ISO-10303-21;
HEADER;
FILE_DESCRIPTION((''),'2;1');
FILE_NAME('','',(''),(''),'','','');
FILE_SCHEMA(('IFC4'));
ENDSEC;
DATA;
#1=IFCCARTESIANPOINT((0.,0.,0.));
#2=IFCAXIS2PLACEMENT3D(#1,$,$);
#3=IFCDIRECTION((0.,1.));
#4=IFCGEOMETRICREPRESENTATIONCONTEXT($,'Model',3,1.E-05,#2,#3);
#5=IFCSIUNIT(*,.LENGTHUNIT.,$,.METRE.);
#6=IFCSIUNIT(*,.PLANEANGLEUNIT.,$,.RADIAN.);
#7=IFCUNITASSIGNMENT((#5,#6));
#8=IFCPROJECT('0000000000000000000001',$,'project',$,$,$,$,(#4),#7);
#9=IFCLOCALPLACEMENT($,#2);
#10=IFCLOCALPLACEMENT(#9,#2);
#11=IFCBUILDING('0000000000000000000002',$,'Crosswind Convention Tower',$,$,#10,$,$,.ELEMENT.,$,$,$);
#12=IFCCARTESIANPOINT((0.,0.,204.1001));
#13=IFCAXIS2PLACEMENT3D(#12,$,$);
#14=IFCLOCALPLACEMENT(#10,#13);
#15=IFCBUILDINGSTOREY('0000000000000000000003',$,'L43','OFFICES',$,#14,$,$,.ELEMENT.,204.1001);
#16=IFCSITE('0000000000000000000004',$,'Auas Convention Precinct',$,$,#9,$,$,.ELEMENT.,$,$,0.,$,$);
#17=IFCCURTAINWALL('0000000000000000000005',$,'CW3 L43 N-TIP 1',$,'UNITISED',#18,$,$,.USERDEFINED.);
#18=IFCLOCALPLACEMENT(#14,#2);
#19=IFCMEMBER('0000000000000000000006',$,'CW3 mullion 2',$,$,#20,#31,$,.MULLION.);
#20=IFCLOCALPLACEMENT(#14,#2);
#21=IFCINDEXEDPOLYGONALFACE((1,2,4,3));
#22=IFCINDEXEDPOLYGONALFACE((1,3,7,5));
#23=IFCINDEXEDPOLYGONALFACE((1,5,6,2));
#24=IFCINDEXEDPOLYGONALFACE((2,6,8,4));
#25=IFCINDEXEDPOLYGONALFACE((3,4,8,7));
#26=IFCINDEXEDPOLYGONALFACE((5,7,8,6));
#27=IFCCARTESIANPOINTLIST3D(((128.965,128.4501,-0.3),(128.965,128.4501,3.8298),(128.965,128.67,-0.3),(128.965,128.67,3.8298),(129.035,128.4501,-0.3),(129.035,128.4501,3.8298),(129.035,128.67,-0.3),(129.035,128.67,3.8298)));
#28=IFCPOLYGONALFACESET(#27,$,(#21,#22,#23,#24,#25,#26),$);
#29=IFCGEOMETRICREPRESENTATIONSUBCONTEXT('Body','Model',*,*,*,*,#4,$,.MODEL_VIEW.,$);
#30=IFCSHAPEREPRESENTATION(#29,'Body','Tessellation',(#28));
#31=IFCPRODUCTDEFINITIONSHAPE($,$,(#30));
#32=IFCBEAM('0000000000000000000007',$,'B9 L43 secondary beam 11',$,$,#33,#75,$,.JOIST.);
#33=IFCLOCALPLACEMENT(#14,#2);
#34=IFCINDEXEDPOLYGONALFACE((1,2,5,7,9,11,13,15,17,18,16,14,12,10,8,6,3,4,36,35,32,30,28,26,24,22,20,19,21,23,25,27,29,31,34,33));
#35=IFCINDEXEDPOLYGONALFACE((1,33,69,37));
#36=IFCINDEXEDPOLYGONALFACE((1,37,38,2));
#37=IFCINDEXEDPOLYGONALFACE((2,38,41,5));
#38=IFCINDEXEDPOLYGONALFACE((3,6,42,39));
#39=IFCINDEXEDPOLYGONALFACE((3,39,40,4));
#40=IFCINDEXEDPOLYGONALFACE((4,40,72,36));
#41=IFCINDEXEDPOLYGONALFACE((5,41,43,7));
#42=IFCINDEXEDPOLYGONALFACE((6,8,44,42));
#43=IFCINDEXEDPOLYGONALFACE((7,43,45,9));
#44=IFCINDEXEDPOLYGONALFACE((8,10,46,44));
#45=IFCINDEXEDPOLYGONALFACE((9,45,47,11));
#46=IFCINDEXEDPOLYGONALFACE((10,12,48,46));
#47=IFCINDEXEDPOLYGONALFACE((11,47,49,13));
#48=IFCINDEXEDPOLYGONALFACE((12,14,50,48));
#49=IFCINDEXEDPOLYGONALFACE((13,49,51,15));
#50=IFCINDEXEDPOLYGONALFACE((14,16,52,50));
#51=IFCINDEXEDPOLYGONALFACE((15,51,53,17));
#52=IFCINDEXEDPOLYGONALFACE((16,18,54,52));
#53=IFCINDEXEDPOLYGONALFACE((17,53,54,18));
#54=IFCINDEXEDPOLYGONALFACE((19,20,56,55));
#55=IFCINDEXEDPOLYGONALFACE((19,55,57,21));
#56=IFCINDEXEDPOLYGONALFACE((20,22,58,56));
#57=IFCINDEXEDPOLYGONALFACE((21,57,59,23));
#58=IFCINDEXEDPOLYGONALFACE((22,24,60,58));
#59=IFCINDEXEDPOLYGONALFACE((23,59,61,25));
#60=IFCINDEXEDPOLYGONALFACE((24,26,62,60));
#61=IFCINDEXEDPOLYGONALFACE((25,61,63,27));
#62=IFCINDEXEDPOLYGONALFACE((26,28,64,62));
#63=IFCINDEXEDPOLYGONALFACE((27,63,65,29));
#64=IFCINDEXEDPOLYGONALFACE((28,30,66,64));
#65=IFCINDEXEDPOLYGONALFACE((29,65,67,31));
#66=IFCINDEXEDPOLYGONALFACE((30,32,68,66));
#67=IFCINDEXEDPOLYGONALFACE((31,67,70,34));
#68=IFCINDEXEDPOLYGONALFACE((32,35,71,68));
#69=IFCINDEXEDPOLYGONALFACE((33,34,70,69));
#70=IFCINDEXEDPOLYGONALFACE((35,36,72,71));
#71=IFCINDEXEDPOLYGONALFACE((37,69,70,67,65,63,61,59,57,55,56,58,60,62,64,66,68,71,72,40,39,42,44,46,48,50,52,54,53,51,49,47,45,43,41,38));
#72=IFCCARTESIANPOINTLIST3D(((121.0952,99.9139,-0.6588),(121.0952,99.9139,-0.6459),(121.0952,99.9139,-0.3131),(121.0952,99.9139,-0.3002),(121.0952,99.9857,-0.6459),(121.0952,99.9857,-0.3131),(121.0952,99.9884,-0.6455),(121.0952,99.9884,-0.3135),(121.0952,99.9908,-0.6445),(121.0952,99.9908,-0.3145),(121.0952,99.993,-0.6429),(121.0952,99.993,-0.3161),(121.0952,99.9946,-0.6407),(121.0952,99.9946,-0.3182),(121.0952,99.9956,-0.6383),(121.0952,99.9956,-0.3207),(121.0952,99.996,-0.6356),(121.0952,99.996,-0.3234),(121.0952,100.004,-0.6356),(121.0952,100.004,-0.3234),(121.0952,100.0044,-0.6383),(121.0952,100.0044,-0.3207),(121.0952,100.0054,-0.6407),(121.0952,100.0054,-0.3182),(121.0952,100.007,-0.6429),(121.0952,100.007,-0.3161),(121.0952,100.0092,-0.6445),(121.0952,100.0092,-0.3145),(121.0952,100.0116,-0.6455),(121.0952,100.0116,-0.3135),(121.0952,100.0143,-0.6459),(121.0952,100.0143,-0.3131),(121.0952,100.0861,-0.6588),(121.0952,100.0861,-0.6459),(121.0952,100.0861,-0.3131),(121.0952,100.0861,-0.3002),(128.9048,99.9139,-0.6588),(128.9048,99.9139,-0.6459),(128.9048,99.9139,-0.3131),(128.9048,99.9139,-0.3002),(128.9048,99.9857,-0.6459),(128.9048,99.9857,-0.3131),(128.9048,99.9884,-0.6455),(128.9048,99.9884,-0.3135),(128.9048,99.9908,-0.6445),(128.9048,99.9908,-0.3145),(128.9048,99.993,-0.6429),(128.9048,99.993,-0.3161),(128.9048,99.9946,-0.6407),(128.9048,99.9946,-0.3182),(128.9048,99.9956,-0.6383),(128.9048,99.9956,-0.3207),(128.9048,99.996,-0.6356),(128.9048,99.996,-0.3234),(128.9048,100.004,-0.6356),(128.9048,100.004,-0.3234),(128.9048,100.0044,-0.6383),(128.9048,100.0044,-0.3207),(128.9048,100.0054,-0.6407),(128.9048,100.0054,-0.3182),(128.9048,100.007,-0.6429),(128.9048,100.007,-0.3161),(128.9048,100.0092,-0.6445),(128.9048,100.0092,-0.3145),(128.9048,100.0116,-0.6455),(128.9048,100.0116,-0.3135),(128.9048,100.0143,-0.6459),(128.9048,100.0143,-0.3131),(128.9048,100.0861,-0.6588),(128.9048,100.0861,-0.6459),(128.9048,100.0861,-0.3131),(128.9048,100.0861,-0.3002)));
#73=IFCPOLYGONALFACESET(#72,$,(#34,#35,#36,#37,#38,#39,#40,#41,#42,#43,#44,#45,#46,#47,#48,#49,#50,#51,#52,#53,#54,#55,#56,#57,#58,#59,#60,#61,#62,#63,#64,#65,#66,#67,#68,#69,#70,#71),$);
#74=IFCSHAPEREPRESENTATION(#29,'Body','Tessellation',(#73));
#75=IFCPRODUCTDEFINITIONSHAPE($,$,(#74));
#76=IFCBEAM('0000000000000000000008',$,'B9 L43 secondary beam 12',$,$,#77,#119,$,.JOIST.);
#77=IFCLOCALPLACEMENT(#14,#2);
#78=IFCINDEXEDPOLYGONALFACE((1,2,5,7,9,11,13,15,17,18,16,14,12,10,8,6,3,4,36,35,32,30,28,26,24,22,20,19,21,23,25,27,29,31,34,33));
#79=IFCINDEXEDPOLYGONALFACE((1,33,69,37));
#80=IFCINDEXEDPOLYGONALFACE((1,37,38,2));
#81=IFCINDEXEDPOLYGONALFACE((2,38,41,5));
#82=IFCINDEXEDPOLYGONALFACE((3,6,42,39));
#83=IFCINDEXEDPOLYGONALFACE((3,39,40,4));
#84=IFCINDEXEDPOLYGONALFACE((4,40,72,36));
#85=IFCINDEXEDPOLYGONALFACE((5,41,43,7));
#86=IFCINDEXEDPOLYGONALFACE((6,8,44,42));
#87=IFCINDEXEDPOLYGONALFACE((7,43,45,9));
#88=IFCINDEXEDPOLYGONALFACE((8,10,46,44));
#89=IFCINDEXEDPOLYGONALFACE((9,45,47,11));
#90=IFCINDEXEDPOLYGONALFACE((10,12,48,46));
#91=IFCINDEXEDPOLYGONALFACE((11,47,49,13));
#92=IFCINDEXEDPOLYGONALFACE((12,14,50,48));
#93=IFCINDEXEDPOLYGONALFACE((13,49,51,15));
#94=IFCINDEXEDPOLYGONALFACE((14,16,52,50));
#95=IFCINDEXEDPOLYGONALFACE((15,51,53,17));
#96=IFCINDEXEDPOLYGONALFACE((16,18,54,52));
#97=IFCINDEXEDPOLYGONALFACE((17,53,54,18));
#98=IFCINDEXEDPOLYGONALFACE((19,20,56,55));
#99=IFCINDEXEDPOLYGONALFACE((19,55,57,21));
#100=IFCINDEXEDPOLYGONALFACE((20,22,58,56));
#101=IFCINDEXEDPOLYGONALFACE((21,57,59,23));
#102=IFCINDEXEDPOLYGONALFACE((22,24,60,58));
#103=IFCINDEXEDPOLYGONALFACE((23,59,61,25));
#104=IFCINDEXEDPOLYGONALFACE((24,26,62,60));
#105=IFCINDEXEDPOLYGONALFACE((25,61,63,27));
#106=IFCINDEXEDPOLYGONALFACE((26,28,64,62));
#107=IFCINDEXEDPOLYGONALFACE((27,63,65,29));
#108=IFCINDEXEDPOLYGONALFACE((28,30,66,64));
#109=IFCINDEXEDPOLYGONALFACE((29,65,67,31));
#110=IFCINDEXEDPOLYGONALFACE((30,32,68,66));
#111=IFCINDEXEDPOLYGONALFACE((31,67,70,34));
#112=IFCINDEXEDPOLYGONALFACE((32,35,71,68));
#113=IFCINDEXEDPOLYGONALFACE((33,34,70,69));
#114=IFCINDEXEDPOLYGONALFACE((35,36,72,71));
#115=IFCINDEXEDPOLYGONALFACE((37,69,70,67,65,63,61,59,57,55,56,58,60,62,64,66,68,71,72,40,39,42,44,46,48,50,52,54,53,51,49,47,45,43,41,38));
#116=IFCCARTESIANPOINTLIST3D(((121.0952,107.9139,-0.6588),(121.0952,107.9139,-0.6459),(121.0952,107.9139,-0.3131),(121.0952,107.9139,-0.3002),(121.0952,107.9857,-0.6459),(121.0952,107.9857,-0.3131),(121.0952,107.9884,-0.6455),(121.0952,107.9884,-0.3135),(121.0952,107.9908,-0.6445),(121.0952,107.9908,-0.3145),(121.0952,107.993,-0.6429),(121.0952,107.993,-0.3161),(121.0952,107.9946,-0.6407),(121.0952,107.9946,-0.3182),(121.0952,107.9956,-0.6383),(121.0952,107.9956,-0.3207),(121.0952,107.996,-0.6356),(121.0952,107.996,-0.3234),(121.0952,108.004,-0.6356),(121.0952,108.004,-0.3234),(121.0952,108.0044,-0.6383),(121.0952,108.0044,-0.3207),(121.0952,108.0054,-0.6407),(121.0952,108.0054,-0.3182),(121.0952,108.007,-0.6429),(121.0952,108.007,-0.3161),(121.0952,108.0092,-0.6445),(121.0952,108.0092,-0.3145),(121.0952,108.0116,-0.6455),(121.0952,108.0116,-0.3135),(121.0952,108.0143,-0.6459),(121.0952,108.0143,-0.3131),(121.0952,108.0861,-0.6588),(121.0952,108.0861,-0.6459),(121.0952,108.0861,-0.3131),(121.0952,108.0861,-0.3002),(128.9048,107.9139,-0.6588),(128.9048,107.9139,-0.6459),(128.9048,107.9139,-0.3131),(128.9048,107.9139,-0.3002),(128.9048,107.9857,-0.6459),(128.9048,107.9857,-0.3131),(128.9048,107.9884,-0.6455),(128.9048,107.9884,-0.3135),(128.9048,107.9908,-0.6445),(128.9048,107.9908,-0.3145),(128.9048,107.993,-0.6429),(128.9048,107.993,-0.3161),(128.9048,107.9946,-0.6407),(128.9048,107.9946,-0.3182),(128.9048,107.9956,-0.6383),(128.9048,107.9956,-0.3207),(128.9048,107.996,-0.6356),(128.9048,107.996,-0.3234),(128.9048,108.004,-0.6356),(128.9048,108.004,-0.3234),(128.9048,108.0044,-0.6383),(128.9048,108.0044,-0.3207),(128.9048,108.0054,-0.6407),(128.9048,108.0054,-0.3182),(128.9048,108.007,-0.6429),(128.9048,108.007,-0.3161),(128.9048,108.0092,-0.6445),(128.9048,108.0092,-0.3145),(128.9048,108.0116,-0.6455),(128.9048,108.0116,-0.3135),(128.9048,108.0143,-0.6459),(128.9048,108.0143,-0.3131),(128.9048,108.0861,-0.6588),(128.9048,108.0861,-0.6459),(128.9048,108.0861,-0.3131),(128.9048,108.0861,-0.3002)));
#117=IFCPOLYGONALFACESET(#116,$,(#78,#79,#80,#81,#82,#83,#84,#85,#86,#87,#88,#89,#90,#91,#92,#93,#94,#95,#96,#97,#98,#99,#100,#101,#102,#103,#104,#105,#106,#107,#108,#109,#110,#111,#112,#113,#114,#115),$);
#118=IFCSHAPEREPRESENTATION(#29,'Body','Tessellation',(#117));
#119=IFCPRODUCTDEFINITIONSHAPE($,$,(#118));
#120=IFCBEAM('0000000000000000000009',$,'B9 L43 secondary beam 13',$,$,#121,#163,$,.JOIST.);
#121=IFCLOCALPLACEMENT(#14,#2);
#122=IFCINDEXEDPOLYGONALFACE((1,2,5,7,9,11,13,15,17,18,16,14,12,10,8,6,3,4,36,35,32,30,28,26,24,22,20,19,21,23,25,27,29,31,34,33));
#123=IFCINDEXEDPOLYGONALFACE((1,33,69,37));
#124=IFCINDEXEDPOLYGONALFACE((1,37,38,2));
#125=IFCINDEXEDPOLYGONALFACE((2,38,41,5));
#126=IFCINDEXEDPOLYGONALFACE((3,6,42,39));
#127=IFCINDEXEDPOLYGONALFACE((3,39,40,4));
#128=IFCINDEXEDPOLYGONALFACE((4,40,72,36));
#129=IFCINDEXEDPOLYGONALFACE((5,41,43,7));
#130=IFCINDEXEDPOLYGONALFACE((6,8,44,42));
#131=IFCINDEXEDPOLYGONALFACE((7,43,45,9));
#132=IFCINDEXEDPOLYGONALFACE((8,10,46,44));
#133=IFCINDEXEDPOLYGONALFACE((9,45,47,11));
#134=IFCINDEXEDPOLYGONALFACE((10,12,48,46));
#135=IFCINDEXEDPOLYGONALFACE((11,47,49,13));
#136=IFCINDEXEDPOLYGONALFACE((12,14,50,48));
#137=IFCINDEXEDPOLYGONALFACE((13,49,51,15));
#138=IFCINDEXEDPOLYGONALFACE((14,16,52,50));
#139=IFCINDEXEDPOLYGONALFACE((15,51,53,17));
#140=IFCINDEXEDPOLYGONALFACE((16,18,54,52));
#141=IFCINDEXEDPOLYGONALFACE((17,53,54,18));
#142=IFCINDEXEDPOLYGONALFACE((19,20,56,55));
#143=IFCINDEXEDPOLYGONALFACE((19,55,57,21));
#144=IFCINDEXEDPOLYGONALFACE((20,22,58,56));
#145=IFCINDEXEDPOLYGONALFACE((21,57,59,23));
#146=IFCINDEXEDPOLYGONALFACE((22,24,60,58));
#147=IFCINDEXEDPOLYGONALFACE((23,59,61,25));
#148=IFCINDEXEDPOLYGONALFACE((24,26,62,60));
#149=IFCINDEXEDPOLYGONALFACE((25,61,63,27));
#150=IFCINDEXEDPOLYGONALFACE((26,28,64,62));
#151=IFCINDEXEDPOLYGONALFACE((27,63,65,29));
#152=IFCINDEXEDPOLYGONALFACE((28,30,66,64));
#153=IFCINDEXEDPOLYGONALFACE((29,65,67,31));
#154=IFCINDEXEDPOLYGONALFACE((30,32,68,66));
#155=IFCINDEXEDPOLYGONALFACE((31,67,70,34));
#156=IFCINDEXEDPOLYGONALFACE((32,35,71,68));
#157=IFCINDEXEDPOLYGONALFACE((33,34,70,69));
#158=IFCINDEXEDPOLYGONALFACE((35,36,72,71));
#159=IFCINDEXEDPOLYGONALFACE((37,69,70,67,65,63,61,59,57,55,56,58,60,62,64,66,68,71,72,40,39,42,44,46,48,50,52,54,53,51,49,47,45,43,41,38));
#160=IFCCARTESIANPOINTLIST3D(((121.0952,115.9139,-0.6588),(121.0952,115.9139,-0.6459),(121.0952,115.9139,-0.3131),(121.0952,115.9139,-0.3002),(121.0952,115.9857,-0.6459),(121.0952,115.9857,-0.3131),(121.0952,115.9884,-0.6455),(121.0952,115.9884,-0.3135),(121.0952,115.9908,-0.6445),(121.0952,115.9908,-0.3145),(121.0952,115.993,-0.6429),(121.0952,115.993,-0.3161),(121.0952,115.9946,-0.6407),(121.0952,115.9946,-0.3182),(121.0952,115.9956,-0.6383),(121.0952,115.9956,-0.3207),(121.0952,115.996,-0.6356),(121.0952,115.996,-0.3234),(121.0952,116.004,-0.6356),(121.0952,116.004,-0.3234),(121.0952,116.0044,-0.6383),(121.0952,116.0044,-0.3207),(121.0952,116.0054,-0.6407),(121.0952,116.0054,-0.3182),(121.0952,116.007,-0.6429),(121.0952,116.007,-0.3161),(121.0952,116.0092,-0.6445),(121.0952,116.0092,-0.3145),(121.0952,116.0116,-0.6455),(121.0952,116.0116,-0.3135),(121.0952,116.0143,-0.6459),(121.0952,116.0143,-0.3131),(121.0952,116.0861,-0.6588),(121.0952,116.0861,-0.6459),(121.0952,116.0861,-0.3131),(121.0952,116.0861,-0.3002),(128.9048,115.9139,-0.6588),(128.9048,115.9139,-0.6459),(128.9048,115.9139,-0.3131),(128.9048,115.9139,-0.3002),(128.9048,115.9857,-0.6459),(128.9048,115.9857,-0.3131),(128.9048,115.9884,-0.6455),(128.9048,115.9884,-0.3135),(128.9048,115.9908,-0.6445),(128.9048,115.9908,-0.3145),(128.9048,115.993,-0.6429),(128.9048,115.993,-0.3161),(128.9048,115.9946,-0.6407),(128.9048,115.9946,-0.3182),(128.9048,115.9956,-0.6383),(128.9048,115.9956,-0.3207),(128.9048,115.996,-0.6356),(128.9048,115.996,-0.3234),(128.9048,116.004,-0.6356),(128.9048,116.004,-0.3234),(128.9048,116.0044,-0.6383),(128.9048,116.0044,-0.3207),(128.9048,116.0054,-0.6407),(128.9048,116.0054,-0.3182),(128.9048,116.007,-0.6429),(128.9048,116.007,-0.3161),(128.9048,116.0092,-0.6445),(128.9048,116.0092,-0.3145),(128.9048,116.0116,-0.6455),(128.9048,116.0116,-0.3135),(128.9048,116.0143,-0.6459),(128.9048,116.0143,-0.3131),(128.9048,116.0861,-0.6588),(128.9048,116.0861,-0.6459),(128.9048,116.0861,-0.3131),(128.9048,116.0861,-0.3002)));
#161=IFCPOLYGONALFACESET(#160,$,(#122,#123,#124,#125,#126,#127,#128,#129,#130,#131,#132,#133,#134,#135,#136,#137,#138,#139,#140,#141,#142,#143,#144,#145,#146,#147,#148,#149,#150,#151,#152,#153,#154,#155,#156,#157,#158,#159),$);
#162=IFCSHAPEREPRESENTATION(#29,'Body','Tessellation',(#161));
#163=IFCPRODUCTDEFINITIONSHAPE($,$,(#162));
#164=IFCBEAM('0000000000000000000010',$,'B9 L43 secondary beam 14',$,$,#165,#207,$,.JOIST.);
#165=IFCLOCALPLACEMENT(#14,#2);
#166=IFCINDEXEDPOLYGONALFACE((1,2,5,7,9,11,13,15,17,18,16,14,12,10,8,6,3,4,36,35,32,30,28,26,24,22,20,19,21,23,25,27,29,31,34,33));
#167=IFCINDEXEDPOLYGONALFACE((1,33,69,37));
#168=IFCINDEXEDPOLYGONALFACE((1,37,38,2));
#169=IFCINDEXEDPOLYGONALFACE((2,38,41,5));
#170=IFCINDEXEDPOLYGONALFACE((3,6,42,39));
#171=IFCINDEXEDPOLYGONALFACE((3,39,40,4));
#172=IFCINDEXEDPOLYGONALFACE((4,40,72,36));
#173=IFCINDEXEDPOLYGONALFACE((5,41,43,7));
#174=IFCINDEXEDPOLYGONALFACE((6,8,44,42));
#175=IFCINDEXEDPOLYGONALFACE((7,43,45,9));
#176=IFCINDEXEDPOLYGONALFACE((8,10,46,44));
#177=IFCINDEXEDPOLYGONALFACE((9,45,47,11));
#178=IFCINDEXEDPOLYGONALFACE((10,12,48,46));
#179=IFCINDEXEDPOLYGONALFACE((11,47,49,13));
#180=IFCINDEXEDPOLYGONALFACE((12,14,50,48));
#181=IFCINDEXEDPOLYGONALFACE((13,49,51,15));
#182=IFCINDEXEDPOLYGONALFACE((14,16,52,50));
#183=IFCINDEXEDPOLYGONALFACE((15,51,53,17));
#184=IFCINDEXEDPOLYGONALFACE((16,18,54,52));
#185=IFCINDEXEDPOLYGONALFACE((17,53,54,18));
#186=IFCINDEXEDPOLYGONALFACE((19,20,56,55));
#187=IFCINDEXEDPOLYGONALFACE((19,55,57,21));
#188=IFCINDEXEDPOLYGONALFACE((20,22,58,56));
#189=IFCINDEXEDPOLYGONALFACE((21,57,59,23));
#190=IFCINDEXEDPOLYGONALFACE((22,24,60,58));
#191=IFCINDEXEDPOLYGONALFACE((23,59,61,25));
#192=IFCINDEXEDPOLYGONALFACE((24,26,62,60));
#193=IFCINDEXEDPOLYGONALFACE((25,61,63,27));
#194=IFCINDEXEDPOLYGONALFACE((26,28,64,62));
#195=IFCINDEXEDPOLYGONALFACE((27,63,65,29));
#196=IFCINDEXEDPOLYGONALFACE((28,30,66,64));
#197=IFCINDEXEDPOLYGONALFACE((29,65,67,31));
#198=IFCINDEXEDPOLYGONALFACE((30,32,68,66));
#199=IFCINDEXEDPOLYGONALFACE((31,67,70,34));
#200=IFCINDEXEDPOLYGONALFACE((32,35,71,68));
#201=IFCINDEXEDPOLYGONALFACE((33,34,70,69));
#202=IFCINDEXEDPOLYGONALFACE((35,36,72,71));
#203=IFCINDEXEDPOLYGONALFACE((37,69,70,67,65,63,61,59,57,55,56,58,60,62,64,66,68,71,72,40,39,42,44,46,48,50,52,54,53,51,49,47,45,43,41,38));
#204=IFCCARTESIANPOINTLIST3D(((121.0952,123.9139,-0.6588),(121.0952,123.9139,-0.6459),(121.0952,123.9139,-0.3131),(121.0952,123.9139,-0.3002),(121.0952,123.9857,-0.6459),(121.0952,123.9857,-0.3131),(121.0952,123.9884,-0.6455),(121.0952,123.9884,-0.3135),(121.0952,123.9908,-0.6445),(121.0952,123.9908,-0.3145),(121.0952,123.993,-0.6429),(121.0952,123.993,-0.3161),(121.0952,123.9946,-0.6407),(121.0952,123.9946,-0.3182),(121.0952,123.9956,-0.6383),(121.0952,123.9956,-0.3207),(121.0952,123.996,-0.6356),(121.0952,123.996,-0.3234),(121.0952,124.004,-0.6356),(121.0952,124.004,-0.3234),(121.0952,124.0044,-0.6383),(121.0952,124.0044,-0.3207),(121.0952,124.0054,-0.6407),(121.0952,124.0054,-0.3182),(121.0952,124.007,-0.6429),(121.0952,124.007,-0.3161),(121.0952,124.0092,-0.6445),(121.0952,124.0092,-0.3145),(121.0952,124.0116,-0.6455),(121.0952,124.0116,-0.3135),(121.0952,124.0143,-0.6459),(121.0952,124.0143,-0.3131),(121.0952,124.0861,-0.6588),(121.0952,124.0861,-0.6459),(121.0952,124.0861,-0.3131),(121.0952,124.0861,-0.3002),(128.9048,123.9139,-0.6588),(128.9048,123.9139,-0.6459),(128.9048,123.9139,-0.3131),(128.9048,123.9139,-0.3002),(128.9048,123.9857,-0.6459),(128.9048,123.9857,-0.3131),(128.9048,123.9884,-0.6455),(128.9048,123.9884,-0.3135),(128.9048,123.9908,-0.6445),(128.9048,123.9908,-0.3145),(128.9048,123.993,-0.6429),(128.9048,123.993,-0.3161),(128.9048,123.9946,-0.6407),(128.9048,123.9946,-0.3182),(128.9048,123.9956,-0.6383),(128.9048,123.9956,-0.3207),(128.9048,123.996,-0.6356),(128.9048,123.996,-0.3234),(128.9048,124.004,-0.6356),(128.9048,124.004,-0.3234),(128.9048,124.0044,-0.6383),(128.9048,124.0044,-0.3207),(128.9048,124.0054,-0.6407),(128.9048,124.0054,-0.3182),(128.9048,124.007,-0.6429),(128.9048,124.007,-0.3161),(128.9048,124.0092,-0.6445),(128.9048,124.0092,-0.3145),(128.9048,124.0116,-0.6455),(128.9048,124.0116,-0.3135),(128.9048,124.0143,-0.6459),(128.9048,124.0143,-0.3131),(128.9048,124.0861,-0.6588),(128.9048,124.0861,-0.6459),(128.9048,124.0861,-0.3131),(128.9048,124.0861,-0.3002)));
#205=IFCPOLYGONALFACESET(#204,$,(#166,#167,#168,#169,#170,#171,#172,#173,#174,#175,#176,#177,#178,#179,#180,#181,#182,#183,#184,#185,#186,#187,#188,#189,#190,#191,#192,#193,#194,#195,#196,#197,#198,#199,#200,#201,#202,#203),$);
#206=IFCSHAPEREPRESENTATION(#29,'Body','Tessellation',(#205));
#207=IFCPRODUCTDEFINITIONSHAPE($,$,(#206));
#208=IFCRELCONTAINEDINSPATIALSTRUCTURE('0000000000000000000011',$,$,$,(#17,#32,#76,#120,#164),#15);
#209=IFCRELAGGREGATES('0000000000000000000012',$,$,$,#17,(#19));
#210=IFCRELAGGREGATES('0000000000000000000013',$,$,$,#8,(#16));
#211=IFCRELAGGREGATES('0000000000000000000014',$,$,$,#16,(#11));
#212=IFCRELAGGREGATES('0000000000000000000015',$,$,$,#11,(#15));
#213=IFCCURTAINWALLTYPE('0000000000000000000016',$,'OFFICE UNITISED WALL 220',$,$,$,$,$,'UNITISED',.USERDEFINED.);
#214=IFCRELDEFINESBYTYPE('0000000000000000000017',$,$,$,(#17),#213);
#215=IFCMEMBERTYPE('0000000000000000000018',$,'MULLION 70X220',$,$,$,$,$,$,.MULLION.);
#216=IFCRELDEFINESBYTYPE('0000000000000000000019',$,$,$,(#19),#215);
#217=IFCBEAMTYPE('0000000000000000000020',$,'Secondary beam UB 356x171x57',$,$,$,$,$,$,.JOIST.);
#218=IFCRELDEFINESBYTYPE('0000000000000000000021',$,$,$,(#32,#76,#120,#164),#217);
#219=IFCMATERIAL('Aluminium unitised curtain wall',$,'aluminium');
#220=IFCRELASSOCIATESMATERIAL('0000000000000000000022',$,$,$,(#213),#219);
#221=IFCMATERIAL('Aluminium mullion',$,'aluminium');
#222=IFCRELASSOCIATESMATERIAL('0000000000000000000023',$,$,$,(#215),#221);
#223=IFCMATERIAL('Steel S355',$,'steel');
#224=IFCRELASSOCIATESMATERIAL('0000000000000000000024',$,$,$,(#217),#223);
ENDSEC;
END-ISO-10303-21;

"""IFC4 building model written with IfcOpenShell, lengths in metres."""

from ifc_helpers import new_model, si_unit, direction, frame, origin, origin_2d, place, context, subcontext, project, spatial, rectangle, i_section, extrude, material, material_profile, profile_set, type_object, element, aggregate, save


model = new_model("IFC4")

# Units and contexts
model_context = context("Model", 3, precision=1e-05, world=origin(), true_north=direction((0.0, 1.0)))
body_context = subcontext(model_context, "Body", "Model", "MODEL_VIEW")
ifc_project = project(units=[si_unit("LENGTHUNIT", "METRE"), si_unit("PLANEANGLEUNIT", "RADIAN")], contexts=[model_context])

# Site, building, storey
site_placement = place(None, origin())
site = spatial("IfcSite", under=ifc_project, at=site_placement, Name="Auas Convention Precinct", CompositionType="ELEMENT", RefElevation=0.0)
building_placement = place(site_placement, origin())
building = spatial("IfcBuilding", under=site, at=building_placement, Name="Crosswind Convention Tower", CompositionType="ELEMENT")
storey_placement = place(building_placement, frame((0.0, 0.0, 204.1001)))
storey = spatial("IfcBuildingStorey", under=building, at=storey_placement, Name="L43", Description="OFFICES", CompositionType="ELEMENT", Elevation=204.1001)

# Shared definitions
ifc_material_1 = material(Name="Steel S355", Category="steel")

# Curtain wall, member
ifc_material_2 = material(Name="Aluminium unitised curtain wall", Category="aluminium")
curtain_wall_type = type_object("IfcCurtainWallType", Name="OFFICE UNITISED WALL 220", ElementType="UNITISED", PredefinedType="USERDEFINED", material=ifc_material_2)
curtain_wall_placement = place(storey_placement, origin())
curtain_wall = element("IfcCurtainWall", 1, at=curtain_wall_placement, inside=storey, type_object=curtain_wall_type, Name="CW3 L43 N-TIP 1", ObjectType="UNITISED", PredefinedType="USERDEFINED")
ifc_material_3 = material(Name="Aluminium mullion", Category="aluminium")
ifc_material_profile_1 = material_profile(ifc_material_3, rectangle(XDim=0.22, YDim=0.0701, at=origin_2d()), Name="AL 220X70")
ifc_profile_set_1 = profile_set([ifc_material_profile_1], Name="Aluminium mullion")
member_type = type_object("IfcMemberType", Name="MULLION 70X220", PredefinedType="MULLION", material=ifc_profile_set_1)
member_placement = place(storey_placement, frame((129.0, 128.5601, -0.3), z_axis=(0.0, 0.0, 1.0), x_axis=(0.0, 1.0, 0.0)))
member = element("IfcMember", 2, at=member_placement, type_object=member_type, Name="CW3 mullion 2", PredefinedType="MULLION", context=body_context, shape_type="SweptSolid", body=[
    extrude(rectangle(XDim=0.22, YDim=0.0701, at=origin_2d()), origin(), (0.0, 0.0, 1.0), 4.1299),
])

# Beams
ifc_material_profile_2 = material_profile(ifc_material_1, i_section(OverallWidth=0.1721, OverallDepth=0.3586, WebThickness=0.0081, FlangeThickness=0.0129, FilletRadius=0.0103, at=origin_2d()), Name="UB 356x171x57")
ifc_profile_set_2 = profile_set([ifc_material_profile_2], Name="Steel S355")
beam_type_1 = type_object("IfcBeamType", Name="Secondary beam UB 356x171x57", PredefinedType="JOIST", material=ifc_profile_set_2)
for number, where, z_axis, x_axis, name in (
    (3, (121.0952, 100.0, -0.4795), (1.0, 0.0, 0.0), (0.0, 1.0, 0.0), "B9 L43 secondary beam 11"),
    (4, (121.0952, 108.0, -0.4795), (1.0, 0.0, 0.0), (0.0, 1.0, 0.0), "B9 L43 secondary beam 12"),
    (5, (121.0952, 116.0, -0.4795), (1.0, 0.0, 0.0), (0.0, 1.0, 0.0), "B9 L43 secondary beam 13"),
    (6, (121.0952, 124.0, -0.4795), (1.0, 0.0, 0.0), (0.0, 1.0, 0.0), "B9 L43 secondary beam 14"),
):
    element("IfcBeam", number, at=place(storey_placement, frame(where, z_axis=z_axis, x_axis=x_axis)), inside=storey, type_object=beam_type_1, Name=name, PredefinedType="JOIST", context=body_context, shape_type="SweptSolid", body=[
        extrude(i_section(OverallWidth=0.1721, OverallDepth=0.3586, WebThickness=0.0081, FlangeThickness=0.0129, FilletRadius=0.0103, at=origin_2d()), origin(), (0.0, 0.0, 1.0), 7.8096),
    ])

aggregate(curtain_wall, [member])

save(model, "model.ifc")
